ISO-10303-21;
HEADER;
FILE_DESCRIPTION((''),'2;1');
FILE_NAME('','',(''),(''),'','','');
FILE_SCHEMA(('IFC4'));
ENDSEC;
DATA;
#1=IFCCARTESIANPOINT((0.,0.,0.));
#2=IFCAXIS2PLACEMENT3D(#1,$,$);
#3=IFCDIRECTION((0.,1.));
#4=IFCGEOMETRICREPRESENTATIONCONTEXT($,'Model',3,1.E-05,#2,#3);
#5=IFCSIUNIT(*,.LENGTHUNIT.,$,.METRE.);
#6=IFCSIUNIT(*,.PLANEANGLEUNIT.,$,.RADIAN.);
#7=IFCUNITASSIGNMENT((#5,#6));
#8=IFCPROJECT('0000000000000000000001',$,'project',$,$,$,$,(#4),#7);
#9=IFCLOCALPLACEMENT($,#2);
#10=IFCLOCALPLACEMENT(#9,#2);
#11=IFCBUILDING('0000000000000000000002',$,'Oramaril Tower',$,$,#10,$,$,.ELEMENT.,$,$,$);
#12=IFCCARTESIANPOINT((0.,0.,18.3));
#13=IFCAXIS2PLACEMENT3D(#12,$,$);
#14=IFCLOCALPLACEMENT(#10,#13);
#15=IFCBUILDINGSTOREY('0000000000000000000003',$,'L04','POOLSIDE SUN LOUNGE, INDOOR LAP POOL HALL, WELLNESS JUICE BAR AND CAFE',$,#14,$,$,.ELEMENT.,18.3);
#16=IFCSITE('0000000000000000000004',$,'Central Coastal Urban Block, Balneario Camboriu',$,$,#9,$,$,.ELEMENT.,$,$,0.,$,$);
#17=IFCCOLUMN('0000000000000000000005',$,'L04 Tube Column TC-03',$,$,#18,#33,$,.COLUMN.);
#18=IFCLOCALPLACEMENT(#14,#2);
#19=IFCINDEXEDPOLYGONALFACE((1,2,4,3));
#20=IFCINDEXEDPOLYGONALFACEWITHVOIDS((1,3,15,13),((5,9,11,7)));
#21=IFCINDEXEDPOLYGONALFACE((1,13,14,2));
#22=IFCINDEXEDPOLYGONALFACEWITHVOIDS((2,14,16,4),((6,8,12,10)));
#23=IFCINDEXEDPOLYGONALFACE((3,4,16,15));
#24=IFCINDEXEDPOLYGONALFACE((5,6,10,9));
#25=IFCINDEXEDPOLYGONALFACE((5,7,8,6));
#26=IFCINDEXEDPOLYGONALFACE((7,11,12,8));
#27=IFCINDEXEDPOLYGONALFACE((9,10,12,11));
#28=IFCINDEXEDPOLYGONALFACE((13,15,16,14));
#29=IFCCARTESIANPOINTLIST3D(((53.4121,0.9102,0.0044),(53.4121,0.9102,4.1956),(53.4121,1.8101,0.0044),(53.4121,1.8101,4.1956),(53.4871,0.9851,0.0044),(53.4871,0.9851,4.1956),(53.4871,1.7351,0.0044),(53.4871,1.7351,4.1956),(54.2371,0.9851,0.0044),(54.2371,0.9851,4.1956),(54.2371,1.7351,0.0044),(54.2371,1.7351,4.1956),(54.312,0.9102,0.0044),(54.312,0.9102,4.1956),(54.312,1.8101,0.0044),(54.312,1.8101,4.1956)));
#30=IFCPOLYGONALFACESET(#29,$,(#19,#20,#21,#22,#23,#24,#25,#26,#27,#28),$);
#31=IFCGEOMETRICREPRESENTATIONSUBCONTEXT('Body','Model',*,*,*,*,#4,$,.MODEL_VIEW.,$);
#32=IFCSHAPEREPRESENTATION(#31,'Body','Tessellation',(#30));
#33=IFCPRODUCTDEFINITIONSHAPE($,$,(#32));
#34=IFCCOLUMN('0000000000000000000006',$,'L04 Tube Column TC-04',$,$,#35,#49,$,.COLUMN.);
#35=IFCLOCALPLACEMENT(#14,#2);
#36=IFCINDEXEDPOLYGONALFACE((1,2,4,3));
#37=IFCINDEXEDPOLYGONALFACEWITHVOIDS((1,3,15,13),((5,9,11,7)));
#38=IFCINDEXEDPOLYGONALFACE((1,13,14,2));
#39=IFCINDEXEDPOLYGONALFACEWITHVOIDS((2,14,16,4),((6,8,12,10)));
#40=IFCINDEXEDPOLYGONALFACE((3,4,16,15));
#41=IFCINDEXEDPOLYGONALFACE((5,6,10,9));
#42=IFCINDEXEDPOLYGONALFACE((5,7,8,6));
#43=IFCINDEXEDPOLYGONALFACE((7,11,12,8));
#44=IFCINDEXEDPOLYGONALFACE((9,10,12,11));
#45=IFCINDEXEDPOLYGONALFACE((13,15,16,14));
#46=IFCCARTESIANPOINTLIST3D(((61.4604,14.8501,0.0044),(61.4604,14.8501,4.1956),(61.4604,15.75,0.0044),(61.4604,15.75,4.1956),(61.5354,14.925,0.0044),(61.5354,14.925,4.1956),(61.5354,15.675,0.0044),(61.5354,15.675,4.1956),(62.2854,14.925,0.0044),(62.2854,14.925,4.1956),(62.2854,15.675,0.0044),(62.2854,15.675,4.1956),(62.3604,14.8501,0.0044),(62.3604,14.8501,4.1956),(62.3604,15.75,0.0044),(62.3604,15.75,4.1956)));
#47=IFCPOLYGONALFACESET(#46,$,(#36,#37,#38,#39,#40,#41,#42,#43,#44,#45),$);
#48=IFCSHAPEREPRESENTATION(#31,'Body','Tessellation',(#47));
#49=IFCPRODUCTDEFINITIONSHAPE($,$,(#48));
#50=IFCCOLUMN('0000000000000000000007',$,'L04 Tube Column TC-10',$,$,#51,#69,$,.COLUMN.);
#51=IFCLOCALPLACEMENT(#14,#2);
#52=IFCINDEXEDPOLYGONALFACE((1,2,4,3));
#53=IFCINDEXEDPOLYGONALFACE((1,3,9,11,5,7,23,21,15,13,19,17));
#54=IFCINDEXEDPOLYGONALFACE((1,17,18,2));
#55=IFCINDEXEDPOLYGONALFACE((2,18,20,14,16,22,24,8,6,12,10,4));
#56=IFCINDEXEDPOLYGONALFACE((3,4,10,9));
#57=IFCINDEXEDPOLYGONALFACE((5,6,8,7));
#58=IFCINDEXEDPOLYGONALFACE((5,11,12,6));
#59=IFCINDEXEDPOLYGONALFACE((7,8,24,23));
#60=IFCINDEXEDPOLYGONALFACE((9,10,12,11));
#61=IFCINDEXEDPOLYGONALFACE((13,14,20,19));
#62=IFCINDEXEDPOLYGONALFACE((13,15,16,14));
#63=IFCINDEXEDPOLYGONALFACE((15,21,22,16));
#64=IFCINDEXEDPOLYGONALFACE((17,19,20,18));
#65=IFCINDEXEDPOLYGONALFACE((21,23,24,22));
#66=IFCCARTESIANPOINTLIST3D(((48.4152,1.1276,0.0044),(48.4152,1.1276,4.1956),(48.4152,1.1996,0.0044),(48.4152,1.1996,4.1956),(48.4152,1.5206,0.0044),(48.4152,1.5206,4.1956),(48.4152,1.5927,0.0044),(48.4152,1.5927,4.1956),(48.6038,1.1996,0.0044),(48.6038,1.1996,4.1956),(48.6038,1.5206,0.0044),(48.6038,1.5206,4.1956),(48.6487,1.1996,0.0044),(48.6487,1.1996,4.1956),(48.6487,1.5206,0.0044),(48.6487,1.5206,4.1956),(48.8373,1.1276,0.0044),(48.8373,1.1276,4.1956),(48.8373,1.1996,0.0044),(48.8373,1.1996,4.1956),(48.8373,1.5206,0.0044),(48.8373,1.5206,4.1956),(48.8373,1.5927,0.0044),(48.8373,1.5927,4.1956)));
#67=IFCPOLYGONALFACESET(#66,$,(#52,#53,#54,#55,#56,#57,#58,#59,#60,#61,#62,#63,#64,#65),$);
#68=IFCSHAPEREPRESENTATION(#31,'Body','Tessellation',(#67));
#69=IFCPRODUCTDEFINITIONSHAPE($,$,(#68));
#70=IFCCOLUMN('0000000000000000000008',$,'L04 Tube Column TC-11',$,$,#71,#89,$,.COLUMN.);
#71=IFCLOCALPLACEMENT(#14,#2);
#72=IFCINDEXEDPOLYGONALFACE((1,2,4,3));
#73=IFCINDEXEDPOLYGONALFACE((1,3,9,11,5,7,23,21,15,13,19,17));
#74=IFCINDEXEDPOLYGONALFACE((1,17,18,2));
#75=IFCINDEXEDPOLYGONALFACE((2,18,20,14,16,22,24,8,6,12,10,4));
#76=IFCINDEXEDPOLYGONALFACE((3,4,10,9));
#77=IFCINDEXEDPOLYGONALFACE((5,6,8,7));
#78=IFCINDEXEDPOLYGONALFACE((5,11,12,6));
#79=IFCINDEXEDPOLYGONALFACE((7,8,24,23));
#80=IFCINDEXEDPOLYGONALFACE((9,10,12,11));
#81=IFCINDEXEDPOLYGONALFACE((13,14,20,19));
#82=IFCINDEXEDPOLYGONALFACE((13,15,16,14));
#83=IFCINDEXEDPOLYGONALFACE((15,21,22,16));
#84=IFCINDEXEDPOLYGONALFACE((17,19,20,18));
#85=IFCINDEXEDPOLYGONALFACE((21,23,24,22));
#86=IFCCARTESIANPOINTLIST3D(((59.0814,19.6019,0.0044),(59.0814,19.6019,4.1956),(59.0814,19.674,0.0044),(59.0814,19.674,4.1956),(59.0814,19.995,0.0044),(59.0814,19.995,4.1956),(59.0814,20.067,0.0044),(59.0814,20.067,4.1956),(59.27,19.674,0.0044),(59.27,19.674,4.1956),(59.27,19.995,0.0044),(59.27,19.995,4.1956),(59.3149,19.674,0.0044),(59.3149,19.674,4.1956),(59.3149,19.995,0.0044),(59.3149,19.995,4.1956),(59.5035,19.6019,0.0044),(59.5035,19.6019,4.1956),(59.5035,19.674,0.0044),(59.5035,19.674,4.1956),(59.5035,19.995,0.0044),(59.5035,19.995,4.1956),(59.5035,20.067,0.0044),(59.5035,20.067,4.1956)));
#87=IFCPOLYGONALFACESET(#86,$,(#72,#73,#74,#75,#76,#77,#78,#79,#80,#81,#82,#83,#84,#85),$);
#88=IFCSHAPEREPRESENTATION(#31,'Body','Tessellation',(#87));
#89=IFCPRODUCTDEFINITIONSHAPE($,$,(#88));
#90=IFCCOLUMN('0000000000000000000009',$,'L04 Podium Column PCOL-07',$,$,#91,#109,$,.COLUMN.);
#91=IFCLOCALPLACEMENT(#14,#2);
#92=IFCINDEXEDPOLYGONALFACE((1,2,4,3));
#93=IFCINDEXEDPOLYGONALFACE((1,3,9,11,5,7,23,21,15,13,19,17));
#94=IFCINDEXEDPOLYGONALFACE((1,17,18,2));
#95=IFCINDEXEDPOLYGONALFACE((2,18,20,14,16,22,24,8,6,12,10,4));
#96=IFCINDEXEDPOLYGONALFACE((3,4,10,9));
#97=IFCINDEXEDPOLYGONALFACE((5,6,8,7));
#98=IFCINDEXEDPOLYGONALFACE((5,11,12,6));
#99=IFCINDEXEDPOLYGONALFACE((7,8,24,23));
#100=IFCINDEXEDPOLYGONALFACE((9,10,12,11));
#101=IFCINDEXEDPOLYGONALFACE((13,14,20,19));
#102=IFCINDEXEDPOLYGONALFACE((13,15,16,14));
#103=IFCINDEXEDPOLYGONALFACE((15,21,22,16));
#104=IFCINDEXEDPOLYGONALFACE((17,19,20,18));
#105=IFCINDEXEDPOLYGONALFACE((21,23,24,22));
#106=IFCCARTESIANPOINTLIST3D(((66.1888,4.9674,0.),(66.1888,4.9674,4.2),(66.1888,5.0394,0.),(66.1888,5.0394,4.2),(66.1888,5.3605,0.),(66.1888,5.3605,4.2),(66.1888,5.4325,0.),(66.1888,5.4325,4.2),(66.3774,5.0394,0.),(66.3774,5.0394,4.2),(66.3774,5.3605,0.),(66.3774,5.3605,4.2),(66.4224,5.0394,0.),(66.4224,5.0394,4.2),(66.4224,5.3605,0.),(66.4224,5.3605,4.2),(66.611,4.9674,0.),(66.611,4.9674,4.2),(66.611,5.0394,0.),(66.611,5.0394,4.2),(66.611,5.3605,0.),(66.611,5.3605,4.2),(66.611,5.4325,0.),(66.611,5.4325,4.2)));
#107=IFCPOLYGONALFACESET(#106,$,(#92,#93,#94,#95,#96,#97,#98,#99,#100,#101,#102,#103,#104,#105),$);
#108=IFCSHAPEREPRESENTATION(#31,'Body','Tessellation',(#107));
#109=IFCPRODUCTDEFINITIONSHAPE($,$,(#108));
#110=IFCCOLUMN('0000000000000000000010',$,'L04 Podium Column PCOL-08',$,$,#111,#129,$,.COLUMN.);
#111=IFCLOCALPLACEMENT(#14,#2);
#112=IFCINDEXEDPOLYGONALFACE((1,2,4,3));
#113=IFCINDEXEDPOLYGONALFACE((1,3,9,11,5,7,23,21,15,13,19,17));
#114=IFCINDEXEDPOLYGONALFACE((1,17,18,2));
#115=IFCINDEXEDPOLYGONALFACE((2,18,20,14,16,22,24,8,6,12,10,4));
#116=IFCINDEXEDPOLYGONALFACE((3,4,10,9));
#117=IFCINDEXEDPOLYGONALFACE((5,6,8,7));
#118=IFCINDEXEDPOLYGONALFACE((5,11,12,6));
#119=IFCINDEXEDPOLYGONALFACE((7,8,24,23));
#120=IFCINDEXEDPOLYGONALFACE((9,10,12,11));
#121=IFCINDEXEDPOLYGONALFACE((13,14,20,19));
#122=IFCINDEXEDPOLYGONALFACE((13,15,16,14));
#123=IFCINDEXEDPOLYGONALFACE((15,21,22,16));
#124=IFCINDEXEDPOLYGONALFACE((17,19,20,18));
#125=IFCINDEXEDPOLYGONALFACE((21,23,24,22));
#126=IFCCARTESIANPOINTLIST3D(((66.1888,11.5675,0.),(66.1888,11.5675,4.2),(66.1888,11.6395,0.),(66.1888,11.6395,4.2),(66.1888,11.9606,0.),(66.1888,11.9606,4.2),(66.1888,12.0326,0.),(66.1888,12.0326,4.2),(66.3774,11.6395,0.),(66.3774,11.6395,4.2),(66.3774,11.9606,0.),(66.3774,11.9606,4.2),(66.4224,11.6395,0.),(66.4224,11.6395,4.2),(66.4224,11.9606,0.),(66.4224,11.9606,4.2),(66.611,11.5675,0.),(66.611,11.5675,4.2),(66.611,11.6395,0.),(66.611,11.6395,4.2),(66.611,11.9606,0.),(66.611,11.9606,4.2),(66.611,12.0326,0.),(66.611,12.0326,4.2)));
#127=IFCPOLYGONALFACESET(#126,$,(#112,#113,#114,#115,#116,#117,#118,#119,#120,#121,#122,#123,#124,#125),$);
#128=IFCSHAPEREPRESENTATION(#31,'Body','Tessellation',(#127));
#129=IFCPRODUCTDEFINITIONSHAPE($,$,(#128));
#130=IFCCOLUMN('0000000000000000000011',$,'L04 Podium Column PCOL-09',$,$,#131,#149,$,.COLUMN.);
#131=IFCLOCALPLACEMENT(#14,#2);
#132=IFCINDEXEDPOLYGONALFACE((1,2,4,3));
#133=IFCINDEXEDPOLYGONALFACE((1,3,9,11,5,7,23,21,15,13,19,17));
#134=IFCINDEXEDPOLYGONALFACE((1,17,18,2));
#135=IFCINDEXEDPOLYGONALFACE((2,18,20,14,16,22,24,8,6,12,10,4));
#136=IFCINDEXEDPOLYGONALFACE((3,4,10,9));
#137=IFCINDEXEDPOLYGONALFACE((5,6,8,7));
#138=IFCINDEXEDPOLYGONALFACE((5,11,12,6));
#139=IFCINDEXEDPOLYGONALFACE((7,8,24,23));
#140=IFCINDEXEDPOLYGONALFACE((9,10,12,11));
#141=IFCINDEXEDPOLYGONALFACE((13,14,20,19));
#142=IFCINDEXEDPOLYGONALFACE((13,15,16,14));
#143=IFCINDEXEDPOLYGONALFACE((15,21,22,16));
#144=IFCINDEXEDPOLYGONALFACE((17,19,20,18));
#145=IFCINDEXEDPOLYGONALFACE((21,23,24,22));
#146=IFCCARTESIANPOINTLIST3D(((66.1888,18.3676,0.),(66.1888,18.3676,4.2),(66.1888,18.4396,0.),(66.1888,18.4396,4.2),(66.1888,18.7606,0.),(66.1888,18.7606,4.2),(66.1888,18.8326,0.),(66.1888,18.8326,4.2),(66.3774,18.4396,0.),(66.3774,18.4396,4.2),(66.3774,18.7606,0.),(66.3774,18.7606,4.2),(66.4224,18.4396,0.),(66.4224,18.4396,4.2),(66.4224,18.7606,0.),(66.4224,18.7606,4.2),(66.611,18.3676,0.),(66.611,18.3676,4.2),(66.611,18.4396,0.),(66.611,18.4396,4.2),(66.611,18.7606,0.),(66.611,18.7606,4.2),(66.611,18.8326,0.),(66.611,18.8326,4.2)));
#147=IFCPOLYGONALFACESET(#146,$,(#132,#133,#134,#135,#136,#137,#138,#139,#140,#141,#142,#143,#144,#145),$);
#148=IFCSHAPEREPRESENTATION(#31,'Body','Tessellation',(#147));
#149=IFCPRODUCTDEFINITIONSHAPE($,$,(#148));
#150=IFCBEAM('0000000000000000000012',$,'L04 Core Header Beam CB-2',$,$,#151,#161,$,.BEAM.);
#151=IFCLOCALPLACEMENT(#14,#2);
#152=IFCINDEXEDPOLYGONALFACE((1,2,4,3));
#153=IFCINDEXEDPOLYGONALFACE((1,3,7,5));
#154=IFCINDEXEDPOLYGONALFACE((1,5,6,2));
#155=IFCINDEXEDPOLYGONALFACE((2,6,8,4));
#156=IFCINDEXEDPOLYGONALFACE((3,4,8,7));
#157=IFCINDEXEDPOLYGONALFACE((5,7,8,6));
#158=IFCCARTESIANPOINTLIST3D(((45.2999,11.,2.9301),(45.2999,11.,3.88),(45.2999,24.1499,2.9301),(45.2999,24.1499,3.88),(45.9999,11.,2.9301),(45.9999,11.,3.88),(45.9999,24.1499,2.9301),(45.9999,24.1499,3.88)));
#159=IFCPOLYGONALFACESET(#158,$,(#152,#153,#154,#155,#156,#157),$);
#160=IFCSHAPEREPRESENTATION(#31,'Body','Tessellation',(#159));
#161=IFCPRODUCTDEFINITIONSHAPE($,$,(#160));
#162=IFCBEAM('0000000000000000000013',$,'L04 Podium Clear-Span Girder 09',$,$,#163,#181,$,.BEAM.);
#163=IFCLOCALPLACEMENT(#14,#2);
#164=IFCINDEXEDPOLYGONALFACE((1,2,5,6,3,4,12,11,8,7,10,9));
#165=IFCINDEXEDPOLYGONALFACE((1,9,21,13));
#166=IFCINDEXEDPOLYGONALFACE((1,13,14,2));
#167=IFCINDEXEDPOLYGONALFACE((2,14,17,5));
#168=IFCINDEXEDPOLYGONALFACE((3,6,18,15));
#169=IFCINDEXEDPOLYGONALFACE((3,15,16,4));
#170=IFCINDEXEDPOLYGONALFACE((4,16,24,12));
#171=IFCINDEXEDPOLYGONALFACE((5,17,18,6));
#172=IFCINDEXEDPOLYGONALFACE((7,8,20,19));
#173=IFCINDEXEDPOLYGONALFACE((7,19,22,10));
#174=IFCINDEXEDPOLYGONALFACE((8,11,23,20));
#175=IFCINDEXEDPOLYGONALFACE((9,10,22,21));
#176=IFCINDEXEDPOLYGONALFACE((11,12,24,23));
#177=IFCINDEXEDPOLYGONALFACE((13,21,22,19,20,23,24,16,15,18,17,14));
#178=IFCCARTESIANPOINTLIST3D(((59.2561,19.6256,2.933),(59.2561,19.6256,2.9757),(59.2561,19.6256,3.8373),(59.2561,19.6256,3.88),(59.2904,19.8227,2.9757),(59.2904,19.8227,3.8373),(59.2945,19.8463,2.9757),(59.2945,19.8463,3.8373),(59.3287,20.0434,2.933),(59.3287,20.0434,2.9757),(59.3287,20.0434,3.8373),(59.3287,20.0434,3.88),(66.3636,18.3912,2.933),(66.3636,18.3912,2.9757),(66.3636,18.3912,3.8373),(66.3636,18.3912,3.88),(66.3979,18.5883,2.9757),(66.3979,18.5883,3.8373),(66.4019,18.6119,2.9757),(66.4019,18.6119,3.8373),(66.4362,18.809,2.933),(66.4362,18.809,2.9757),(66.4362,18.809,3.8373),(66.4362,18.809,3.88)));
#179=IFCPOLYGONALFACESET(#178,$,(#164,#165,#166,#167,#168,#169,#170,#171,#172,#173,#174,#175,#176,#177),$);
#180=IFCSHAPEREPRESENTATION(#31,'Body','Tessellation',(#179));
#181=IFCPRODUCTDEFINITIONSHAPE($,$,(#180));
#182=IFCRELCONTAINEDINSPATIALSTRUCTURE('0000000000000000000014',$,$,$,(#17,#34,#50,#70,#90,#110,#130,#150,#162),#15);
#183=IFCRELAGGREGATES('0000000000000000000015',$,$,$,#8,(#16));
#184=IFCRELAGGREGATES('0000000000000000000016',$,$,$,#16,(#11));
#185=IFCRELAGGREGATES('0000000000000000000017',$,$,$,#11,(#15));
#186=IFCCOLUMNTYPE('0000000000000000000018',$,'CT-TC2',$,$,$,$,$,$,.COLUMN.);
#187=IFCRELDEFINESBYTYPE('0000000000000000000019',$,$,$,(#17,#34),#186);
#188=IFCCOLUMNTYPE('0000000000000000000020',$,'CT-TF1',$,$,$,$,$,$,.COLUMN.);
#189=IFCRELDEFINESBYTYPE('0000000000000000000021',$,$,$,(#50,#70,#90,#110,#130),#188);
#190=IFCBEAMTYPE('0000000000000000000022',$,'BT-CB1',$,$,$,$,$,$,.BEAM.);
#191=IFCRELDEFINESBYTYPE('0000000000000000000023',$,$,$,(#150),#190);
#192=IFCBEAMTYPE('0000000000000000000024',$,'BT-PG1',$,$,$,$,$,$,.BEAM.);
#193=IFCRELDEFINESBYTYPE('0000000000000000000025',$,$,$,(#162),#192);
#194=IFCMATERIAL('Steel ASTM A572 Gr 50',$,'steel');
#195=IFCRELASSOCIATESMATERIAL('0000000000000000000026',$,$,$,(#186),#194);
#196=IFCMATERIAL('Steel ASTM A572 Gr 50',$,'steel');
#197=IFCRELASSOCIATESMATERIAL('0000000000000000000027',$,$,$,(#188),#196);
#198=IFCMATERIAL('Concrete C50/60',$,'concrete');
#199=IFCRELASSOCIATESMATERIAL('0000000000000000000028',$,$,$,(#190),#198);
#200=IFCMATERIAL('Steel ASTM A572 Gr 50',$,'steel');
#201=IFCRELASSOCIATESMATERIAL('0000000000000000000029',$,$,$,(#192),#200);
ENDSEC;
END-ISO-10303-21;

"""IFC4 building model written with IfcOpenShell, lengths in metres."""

from ifc_helpers import new_model, si_unit, direction, frame, origin, origin_2d, place, context, subcontext, project, spatial, rectangle, hollow_rectangle, i_section, extrude, material, material_profile, profile_set, type_object, element, save


model = new_model("IFC4")

# Units and contexts
model_context = context("Model", 3, precision=1e-05, world=origin(), true_north=direction((0.0, 1.0)))
body_context = subcontext(model_context, "Body", "Model", "MODEL_VIEW")
ifc_project = project(units=[si_unit("LENGTHUNIT", "METRE"), si_unit("PLANEANGLEUNIT", "RADIAN")], contexts=[model_context])

# Site, building, storey
site_placement = place(None, origin())
site = spatial("IfcSite", under=ifc_project, at=site_placement, Name="Central Coastal Urban Block, Balneario Camboriu", CompositionType="ELEMENT", RefElevation=0.0)
building_placement = place(site_placement, origin())
building = spatial("IfcBuilding", under=site, at=building_placement, Name="Oramaril Tower", CompositionType="ELEMENT")
storey_placement = place(building_placement, frame((0.0, 0.0, 18.3)))
storey = spatial("IfcBuildingStorey", under=building, at=storey_placement, Name="L04", Description="POOLSIDE SUN LOUNGE, INDOOR LAP POOL HALL, WELLNESS JUICE BAR AND CAFE", CompositionType="ELEMENT", Elevation=18.3)

# Columns
ifc_material_1 = material(Name="Steel ASTM A572 Gr 50", Category="steel")
ifc_material_profile_1 = material_profile(ifc_material_1, hollow_rectangle(XDim=0.8999, YDim=0.8999, WallThickness=0.075, at=origin_2d()), Name="BOX900X900X75")
ifc_profile_set_1 = profile_set([ifc_material_profile_1], Name="Steel ASTM A572 Gr 50")
column_type_1 = type_object("IfcColumnType", Name="CT-TC2", PredefinedType="COLUMN", material=ifc_profile_set_1)
for number, where, z_axis, x_axis, name in (
    (1, (53.8621, 1.3601, 0.0044), (0.0, 0.0, 1.0), (1.0, 0.0, 0.0), "L04 Tube Column TC-03"),
    (2, (61.9104, 15.3, 0.0044), (0.0, 0.0, 1.0), (1.0, 0.0, 0.0), "L04 Tube Column TC-04"),
):
    element("IfcColumn", number, at=place(storey_placement, frame(where, z_axis=z_axis, x_axis=x_axis)), inside=storey, type_object=column_type_1, Name=name, PredefinedType="COLUMN", context=body_context, shape_type="SweptSolid", body=[
        extrude(hollow_rectangle(XDim=0.8999, YDim=0.8999, WallThickness=0.075, at=origin_2d()), origin(), (0.0, 0.0, 1.0), 4.1912),
    ])
ifc_material_2 = material(Name="Steel ASTM A572 Gr 50", Category="steel")
ifc_material_profile_2 = material_profile(ifc_material_2, i_section(OverallWidth=0.4221, OverallDepth=0.4651, WebThickness=0.0449, FlangeThickness=0.072, at=origin_2d()), Name="W14X398")
ifc_profile_set_2 = profile_set([ifc_material_profile_2], Name="Steel ASTM A572 Gr 50")
column_type_2 = type_object("IfcColumnType", Name="CT-TF1", PredefinedType="COLUMN", material=ifc_profile_set_2)
for number, where, z_axis, x_axis, name in (
    (3, (48.6262, 1.3601, 0.0044), (0.0, 0.0, 1.0), (1.0, 0.0, 0.0), "L04 Tube Column TC-10"),
    (4, (59.2925, 19.8345, 0.0044), (0.0, 0.0, 1.0), (1.0, 0.0, 0.0), "L04 Tube Column TC-11"),
):
    element("IfcColumn", number, at=place(storey_placement, frame(where, z_axis=z_axis, x_axis=x_axis)), inside=storey, type_object=column_type_2, Name=name, PredefinedType="COLUMN", context=body_context, shape_type="SweptSolid", body=[
        extrude(i_section(OverallWidth=0.4221, OverallDepth=0.4651, WebThickness=0.0449, FlangeThickness=0.072, at=origin_2d()), origin(), (0.0, 0.0, 1.0), 4.1912),
    ])
for number, where, z_axis, x_axis, name in (
    (5, (66.3999, 5.2, 0.0), (0.0, 0.0, 1.0), (1.0, 0.0, 0.0), "L04 Podium Column PCOL-07"),
    (6, (66.3999, 11.8, 0.0), (0.0, 0.0, 1.0), (1.0, 0.0, 0.0), "L04 Podium Column PCOL-08"),
    (7, (66.3999, 18.6001, 0.0), (0.0, 0.0, 1.0), (1.0, 0.0, 0.0), "L04 Podium Column PCOL-09"),
):
    element("IfcColumn", number, at=place(storey_placement, frame(where, z_axis=z_axis, x_axis=x_axis)), inside=storey, type_object=column_type_2, Name=name, PredefinedType="COLUMN", context=body_context, shape_type="SweptSolid", body=[
        extrude(i_section(OverallWidth=0.4221, OverallDepth=0.4651, WebThickness=0.0449, FlangeThickness=0.072, at=origin_2d()), origin(), (0.0, 0.0, 1.0), 4.2),
    ])

# Beams
ifc_material_3 = material(Name="Concrete C50/60", Category="concrete")
ifc_material_profile_3 = material_profile(ifc_material_3, rectangle(XDim=0.7, YDim=0.95, at=origin_2d()), Name="CB700X950")
ifc_profile_set_3 = profile_set([ifc_material_profile_3], Name="Concrete C50/60")
beam_type_1 = type_object("IfcBeamType", Name="BT-CB1", PredefinedType="BEAM", material=ifc_profile_set_3)
beam_1_placement = place(storey_placement, frame((45.6499, 11.0, 3.405), z_axis=(0.0, 1.0, 0.0), x_axis=(-1.0, 0.0, 0.0)))
element("IfcBeam", 8, at=beam_1_placement, inside=storey, type_object=beam_type_1, Name="L04 Core Header Beam CB-2", PredefinedType="BEAM", context=body_context, shape_type="SweptSolid", body=[
    extrude(rectangle(XDim=0.7, YDim=0.95, at=origin_2d()), origin(), (0.0, 0.0, 1.0), 13.1499),
])
ifc_material_4 = material(Name="Steel ASTM A572 Gr 50", Category="steel")
ifc_material_profile_4 = material_profile(ifc_material_4, i_section(OverallWidth=0.4241, OverallDepth=0.947, WebThickness=0.0239, FlangeThickness=0.0427, at=origin_2d()), Name="W36X302")
ifc_profile_set_4 = profile_set([ifc_material_profile_4], Name="Steel ASTM A572 Gr 50")
beam_type_2 = type_object("IfcBeamType", Name="BT-PG1", PredefinedType="BEAM", material=ifc_profile_set_4)
beam_2_placement = place(storey_placement, frame((66.3999, 18.6001, 3.4065), z_axis=(-0.985251, 0.171113, 0.0), x_axis=(-0.171113, -0.985251, 0.0)))
element("IfcBeam", 9, at=beam_2_placement, inside=storey, type_object=beam_type_2, Name="L04 Podium Clear-Span Girder 09", PredefinedType="BEAM", context=body_context, shape_type="SweptSolid", body=[
    extrude(i_section(OverallWidth=0.4241, OverallDepth=0.947, WebThickness=0.0239, FlangeThickness=0.0427, at=origin_2d()), origin(), (0.0, 0.0, 1.0), 7.2139),
])

save(model, "model.ifc")
